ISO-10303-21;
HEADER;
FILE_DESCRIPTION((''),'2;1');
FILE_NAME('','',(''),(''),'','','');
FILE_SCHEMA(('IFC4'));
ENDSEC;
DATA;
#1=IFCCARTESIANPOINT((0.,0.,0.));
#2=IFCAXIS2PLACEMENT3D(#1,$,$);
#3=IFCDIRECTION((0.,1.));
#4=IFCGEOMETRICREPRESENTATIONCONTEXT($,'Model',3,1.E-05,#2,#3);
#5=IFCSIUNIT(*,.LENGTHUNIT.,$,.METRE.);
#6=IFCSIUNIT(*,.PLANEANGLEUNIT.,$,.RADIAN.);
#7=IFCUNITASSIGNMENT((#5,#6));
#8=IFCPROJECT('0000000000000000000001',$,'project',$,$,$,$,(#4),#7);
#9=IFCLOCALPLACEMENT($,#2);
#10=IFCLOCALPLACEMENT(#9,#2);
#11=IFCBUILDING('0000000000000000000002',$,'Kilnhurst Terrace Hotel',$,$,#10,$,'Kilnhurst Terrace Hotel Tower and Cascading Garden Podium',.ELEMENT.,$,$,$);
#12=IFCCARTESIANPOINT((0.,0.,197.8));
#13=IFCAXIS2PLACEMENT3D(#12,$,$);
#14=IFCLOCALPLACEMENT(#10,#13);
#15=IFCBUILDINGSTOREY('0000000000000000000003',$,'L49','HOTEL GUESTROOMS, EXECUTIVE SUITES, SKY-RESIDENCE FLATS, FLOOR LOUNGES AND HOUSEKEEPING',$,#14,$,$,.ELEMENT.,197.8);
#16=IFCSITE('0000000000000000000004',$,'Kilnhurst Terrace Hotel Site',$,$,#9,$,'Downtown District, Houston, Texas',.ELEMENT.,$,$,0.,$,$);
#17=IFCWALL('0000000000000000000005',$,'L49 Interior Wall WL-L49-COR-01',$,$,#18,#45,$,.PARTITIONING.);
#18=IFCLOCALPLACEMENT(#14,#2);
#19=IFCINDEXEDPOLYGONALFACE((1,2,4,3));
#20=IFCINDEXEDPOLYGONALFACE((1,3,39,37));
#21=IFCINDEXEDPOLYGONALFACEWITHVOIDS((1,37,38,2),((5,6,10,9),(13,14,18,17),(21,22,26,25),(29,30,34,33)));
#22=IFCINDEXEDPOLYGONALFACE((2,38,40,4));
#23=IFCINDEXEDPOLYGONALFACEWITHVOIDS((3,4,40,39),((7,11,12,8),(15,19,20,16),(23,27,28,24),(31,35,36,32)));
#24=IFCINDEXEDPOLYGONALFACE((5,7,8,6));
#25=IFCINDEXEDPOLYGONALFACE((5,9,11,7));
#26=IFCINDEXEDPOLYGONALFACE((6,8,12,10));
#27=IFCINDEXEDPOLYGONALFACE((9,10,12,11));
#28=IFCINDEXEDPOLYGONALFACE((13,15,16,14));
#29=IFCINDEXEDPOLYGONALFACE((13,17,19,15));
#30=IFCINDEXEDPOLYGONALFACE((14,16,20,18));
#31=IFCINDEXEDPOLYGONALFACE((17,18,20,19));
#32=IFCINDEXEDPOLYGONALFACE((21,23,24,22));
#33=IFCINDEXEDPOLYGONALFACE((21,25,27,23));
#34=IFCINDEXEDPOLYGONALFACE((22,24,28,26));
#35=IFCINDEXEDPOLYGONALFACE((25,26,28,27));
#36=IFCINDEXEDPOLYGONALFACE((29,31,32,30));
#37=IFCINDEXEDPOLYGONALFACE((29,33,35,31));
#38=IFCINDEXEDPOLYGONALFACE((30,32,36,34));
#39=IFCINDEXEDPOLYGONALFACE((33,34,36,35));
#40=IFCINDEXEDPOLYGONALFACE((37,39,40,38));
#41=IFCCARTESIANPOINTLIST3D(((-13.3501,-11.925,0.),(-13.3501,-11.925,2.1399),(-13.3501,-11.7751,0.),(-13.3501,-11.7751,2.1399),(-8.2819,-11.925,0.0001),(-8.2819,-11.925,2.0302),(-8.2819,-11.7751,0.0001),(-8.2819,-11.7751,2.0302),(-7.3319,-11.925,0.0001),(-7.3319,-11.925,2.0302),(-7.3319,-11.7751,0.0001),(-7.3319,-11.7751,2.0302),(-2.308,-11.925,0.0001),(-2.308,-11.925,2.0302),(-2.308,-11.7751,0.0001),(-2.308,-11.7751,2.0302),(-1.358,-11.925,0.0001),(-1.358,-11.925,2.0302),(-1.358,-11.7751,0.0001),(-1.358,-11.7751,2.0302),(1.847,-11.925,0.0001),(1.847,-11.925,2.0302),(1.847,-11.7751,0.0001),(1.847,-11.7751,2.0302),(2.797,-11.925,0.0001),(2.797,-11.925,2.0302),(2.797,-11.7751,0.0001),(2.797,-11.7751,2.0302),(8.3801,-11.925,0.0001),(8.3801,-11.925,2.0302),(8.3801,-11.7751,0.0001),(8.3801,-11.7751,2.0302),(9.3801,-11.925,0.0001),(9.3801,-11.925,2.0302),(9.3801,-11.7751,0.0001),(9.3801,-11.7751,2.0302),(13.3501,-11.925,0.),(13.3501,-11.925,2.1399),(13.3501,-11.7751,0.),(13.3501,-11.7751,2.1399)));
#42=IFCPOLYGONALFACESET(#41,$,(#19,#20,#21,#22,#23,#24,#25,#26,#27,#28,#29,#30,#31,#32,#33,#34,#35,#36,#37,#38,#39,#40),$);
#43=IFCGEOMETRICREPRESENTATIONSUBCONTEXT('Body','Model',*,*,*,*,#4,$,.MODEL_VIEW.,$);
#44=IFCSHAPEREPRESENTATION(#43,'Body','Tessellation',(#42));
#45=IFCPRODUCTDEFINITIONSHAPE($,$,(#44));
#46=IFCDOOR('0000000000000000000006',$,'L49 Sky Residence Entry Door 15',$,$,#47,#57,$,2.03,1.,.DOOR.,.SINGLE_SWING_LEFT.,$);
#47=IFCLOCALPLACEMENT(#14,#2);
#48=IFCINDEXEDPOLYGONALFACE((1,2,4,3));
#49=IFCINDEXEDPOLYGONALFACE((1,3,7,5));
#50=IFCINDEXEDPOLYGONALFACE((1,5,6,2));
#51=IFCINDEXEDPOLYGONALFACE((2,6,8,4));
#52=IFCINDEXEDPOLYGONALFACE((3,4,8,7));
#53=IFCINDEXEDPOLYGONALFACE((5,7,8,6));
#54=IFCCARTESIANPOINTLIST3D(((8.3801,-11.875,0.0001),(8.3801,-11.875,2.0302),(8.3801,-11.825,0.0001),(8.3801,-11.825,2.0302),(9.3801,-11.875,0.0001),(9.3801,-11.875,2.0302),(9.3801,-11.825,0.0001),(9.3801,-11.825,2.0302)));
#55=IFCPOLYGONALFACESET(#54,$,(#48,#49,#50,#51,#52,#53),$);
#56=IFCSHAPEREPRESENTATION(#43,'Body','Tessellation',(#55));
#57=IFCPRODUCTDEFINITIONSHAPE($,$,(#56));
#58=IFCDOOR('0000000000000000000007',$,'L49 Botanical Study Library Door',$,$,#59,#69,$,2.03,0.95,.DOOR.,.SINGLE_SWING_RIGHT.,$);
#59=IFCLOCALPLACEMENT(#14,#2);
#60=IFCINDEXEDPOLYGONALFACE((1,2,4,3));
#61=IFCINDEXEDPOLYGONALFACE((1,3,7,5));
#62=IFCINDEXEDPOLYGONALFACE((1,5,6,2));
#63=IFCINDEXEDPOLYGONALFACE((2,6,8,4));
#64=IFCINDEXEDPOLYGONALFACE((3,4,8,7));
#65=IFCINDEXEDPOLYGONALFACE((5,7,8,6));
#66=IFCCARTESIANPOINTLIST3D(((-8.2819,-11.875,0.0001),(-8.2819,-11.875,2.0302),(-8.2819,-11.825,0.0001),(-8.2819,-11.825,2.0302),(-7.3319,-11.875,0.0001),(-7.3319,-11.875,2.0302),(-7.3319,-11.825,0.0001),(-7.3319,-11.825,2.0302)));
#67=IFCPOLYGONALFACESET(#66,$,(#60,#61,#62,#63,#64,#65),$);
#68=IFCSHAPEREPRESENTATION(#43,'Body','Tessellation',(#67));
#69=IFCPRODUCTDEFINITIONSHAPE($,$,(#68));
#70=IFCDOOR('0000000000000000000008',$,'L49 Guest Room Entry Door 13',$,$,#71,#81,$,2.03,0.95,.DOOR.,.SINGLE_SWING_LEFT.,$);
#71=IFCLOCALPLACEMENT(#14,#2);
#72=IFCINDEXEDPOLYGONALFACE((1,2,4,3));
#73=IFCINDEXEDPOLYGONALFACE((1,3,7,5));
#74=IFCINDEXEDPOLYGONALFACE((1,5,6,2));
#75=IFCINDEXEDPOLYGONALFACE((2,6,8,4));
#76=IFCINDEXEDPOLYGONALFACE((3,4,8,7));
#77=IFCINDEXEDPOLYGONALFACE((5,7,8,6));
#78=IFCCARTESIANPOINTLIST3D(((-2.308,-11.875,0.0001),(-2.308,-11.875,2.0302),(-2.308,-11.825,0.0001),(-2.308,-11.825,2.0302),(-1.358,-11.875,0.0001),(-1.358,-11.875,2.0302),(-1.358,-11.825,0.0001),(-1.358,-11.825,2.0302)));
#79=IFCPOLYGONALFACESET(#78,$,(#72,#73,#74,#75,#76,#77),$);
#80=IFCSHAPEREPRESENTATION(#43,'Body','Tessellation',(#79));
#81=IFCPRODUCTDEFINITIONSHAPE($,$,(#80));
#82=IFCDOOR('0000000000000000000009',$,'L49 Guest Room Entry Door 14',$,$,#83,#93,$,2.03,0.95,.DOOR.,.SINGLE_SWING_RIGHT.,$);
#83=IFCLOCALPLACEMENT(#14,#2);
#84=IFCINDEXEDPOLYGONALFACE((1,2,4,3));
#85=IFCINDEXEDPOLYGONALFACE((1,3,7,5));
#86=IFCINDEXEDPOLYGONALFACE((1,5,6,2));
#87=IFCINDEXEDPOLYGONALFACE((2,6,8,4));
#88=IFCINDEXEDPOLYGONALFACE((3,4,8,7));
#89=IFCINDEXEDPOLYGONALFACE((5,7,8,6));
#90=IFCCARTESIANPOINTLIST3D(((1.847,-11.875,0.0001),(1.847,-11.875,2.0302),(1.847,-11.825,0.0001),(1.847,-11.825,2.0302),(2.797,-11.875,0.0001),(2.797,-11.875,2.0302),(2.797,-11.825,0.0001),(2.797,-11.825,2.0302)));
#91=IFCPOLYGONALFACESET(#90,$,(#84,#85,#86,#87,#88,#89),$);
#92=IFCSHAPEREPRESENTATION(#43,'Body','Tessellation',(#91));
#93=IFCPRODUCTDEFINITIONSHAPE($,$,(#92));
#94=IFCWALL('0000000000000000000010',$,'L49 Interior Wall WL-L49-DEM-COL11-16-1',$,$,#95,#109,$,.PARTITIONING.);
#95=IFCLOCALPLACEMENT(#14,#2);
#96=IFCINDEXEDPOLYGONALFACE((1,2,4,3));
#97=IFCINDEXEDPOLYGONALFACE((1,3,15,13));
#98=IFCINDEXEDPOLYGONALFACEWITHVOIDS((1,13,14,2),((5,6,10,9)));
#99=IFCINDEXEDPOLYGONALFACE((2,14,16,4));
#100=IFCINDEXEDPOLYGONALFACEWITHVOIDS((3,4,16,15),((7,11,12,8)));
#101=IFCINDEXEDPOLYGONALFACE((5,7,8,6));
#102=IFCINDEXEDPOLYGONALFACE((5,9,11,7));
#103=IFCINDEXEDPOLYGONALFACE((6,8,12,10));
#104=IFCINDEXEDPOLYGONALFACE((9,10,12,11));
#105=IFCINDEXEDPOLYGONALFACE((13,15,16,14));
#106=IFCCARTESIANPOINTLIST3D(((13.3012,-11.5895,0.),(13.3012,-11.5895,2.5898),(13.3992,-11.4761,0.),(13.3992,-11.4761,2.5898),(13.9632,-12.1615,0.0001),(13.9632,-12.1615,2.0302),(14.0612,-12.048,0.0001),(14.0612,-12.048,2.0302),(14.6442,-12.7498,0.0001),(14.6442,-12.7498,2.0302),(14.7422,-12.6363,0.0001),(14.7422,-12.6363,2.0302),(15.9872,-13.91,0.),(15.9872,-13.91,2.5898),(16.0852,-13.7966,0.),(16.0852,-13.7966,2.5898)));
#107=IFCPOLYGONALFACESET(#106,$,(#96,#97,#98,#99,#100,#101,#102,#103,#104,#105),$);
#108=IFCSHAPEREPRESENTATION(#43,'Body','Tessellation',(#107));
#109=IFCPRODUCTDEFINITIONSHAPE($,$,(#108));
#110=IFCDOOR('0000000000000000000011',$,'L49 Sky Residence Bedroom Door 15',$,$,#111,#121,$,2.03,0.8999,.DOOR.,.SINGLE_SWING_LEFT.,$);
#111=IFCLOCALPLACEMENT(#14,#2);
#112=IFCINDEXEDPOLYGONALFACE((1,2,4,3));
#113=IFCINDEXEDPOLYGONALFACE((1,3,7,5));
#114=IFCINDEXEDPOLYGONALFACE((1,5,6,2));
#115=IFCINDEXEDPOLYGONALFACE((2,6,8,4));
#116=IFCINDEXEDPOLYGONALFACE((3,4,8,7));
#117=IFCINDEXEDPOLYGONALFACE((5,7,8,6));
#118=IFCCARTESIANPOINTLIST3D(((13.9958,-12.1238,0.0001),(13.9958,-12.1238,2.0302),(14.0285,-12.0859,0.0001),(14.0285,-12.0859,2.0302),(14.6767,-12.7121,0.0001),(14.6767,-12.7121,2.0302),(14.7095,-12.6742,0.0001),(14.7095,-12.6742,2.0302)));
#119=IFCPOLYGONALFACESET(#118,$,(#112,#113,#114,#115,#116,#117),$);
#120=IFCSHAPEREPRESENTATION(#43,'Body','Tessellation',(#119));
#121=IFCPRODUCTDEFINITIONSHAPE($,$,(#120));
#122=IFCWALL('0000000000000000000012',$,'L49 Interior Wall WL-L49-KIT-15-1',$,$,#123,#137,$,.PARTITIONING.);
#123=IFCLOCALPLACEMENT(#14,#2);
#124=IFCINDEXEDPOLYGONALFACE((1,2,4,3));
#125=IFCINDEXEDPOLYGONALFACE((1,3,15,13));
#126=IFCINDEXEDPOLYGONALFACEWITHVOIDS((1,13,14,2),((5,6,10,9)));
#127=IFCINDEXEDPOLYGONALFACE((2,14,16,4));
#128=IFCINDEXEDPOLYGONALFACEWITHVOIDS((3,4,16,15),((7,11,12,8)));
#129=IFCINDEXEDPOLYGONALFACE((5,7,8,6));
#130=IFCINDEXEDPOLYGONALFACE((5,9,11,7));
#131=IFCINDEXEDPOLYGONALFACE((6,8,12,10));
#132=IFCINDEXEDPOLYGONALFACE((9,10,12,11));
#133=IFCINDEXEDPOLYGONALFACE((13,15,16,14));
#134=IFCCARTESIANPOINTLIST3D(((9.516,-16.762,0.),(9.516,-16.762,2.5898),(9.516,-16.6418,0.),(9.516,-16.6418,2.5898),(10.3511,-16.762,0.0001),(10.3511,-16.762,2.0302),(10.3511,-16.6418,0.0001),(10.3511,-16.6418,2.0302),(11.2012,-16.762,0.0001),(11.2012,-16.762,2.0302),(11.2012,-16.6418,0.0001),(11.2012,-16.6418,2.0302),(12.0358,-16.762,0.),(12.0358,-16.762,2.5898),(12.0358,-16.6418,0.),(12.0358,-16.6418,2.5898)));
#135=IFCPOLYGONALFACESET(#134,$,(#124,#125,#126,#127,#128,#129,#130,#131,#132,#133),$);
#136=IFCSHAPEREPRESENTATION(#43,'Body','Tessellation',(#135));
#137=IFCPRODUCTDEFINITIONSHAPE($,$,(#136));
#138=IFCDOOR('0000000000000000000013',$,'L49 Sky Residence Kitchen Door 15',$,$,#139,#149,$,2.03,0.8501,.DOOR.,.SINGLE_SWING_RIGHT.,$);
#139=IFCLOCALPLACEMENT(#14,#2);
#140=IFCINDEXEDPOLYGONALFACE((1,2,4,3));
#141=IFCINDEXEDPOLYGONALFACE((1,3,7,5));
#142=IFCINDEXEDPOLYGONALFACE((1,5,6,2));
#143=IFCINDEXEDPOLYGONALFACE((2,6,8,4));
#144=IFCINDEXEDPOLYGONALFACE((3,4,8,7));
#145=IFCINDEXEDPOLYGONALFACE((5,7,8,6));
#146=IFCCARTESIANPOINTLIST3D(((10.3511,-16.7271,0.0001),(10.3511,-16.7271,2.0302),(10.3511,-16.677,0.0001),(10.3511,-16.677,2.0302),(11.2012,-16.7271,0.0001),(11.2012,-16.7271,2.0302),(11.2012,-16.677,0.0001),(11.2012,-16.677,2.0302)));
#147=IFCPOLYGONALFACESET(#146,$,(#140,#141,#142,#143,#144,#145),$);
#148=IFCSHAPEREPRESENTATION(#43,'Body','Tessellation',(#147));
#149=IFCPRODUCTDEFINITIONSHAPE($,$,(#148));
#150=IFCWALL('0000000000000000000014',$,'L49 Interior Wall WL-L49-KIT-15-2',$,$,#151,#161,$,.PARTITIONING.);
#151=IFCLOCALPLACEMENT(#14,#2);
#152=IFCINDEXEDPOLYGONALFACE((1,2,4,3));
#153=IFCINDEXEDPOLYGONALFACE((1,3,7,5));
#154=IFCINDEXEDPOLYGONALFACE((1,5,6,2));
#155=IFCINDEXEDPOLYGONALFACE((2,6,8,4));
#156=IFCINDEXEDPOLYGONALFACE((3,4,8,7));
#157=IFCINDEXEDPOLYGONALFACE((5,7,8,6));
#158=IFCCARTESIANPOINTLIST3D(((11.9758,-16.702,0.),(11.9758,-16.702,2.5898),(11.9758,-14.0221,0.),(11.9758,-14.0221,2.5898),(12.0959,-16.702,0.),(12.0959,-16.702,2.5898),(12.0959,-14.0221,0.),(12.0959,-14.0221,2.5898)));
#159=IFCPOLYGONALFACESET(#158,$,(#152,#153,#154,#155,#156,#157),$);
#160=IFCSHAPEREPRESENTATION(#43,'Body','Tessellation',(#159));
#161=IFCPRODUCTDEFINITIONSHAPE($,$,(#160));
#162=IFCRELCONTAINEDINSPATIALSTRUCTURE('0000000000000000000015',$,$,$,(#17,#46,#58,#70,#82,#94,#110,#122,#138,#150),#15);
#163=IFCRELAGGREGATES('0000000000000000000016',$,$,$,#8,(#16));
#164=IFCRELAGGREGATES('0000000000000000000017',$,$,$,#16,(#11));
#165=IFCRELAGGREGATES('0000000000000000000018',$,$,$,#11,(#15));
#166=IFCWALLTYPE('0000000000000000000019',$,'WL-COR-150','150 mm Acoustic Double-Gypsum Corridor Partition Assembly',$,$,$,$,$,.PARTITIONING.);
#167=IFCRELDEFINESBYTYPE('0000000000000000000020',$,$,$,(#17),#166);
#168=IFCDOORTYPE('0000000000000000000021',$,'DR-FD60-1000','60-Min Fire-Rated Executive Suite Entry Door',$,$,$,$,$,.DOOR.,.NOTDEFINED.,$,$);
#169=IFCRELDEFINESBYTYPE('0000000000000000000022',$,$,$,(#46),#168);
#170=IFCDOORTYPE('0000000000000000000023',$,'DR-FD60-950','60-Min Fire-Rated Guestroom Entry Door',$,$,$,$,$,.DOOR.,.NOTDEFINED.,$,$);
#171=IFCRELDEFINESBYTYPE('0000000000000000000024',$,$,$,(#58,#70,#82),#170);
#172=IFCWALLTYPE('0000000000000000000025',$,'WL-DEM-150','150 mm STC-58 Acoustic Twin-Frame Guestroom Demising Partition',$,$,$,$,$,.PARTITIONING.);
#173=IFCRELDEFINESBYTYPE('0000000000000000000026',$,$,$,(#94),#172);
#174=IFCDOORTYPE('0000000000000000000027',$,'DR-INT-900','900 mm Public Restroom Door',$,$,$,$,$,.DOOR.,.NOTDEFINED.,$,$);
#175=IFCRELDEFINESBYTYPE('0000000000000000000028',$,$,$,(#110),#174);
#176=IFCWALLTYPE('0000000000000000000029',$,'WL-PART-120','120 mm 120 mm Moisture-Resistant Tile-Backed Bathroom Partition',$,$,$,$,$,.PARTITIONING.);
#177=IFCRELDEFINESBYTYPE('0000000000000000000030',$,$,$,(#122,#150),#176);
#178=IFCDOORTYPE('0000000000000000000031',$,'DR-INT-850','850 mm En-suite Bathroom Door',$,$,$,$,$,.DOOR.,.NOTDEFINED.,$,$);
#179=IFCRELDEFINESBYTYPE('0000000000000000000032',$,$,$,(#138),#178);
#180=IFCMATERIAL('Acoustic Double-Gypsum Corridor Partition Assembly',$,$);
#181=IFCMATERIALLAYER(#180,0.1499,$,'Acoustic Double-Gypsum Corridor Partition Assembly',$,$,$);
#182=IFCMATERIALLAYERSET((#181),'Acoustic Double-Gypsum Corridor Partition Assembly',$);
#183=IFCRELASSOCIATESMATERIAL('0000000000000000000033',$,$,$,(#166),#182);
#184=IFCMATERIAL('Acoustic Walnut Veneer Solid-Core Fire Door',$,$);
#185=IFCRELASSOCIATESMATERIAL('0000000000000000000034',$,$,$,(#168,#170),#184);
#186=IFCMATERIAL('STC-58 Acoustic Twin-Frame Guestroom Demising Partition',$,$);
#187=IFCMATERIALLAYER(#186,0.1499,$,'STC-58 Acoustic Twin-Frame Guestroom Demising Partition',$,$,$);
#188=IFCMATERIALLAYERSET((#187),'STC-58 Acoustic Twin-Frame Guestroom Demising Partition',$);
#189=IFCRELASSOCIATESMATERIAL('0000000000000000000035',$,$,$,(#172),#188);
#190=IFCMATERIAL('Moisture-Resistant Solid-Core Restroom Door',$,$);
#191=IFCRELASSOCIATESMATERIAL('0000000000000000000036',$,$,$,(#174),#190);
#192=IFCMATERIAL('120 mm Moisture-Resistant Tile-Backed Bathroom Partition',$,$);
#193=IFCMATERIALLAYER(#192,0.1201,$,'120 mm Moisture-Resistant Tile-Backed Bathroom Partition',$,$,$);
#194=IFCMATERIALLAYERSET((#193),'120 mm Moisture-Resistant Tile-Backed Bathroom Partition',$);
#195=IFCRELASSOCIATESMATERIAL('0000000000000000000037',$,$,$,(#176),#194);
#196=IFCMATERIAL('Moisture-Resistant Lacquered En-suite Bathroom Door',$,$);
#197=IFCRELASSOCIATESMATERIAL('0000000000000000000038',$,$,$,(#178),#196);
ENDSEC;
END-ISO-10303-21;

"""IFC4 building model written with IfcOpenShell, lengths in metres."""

from ifc_helpers import new_model, si_unit, direction, frame, frame_2d, origin, place, context, subcontext, project, spatial, rectangle, extrude, material, layer, layer_set, type_object, element, fill, save


model = new_model("IFC4")

# Units and contexts
model_context = context("Model", 3, precision=1e-05, world=origin(), true_north=direction((0.0, 1.0)))
body_context = subcontext(model_context, "Body", "Model", "MODEL_VIEW")
ifc_project = project(units=[si_unit("LENGTHUNIT", "METRE"), si_unit("PLANEANGLEUNIT", "RADIAN")], contexts=[model_context])

# Site, building, storey
site_placement = place(None, origin())
site = spatial("IfcSite", under=ifc_project, at=site_placement, Name="Kilnhurst Terrace Hotel Site", LongName="Downtown District, Houston, Texas", CompositionType="ELEMENT", RefElevation=0.0)
building_placement = place(site_placement, origin())
building = spatial("IfcBuilding", under=site, at=building_placement, Name="Kilnhurst Terrace Hotel", LongName="Kilnhurst Terrace Hotel Tower and Cascading Garden Podium", CompositionType="ELEMENT")
storey_placement = place(building_placement, frame((0.0, 0.0, 197.8)))
storey = spatial("IfcBuildingStorey", under=building, at=storey_placement, Name="L49", Description="HOTEL GUESTROOMS, EXECUTIVE SUITES, SKY-RESIDENCE FLATS, FLOOR LOUNGES AND HOUSEKEEPING", CompositionType="ELEMENT", Elevation=197.8)

# Wall, openings, doors
ifc_material_1 = material(Name="Acoustic Double-Gypsum Corridor Partition Assembly")
ifc_layer_1 = layer(ifc_material_1, 0.1499, Name="Acoustic Double-Gypsum Corridor Partition Assembly")
ifc_layer_set_1 = layer_set([ifc_layer_1], Name="Acoustic Double-Gypsum Corridor Partition Assembly")
wall_type_1 = type_object("IfcWallType", Name="WL-COR-150", Description="150 mm Acoustic Double-Gypsum Corridor Partition Assembly", PredefinedType="PARTITIONING", material=ifc_layer_set_1)
wall_1_placement = place(storey_placement, frame((13.3501, -11.8501, 0.0), z_axis=(0.0, 0.0, 1.0), x_axis=(-1.0, 0.0, 0.0)))
wall_1 = element("IfcWall", 1, at=wall_1_placement, inside=storey, type_object=wall_type_1, Name="L49 Interior Wall WL-L49-COR-01", PredefinedType="PARTITIONING", context=body_context, shape_type="SweptSolid", body=[
    extrude(rectangle(XDim=26.7002, YDim=0.1499, at=frame_2d((13.3501, 0.0))), origin(), (0.0, 0.0, 1.0), 2.1399),
])
opening_1_placement = place(wall_1_placement, frame((20.6819, 0.0, 0.0)))
opening_1 = element("IfcOpeningElement", 2, at=opening_1_placement, cuts=wall_1, PredefinedType="OPENING", context=body_context, shape_type="SweptSolid", body=[
    extrude(rectangle(XDim=0.95, YDim=2.03, at=frame_2d((0.4751, 1.0151))), frame((0.0, 0.085, 0.0), z_axis=(0.0, -1.0, 0.0), x_axis=(1.0, 0.0, 0.0)), (0.0, 0.0, 1.0), 0.1699),
])
opening_2_placement = place(wall_1_placement, frame((14.708, 0.0, 0.0)))
opening_2 = element("IfcOpeningElement", 3, at=opening_2_placement, cuts=wall_1, PredefinedType="OPENING", context=body_context, shape_type="SweptSolid", body=[
    extrude(rectangle(XDim=0.95, YDim=2.03, at=frame_2d((0.4751, 1.0151))), frame((0.0, 0.085, 0.0), z_axis=(0.0, -1.0, 0.0), x_axis=(1.0, 0.0, 0.0)), (0.0, 0.0, 1.0), 0.1699),
])
opening_3_placement = place(wall_1_placement, frame((10.553, 0.0, 0.0)))
opening_3 = element("IfcOpeningElement", 4, at=opening_3_placement, cuts=wall_1, PredefinedType="OPENING", context=body_context, shape_type="SweptSolid", body=[
    extrude(rectangle(XDim=0.95, YDim=2.03, at=frame_2d((0.4751, 1.0151))), frame((0.0, 0.085, 0.0), z_axis=(0.0, -1.0, 0.0), x_axis=(1.0, 0.0, 0.0)), (0.0, 0.0, 1.0), 0.1699),
])
opening_4_placement = place(wall_1_placement, frame((3.97, 0.0, 0.0)))
opening_4 = element("IfcOpeningElement", 5, at=opening_4_placement, cuts=wall_1, PredefinedType="OPENING", context=body_context, shape_type="SweptSolid", body=[
    extrude(rectangle(XDim=1.0, YDim=2.03, at=frame_2d((0.5, 1.0151))), frame((0.0, 0.085, 0.0), z_axis=(0.0, -1.0, 0.0), x_axis=(1.0, 0.0, 0.0)), (0.0, 0.0, 1.0), 0.1699),
])
ifc_material_2 = material(Name="Acoustic Walnut Veneer Solid-Core Fire Door")
door_type_1 = type_object("IfcDoorType", Name="DR-FD60-1000", Description="60-Min Fire-Rated Executive Suite Entry Door", OperationType="NOTDEFINED", PredefinedType="DOOR", material=ifc_material_2)
door_1_placement = place(opening_4_placement, origin())
door_1 = element("IfcDoor", 6, at=door_1_placement, inside=storey, type_object=door_type_1, Name="L49 Sky Residence Entry Door 15", OperationType="SINGLE_SWING_LEFT", OverallHeight=2.03, OverallWidth=1.0, PredefinedType="DOOR", context=body_context, shape_type="SweptSolid", body=[
    extrude(rectangle(XDim=1.0, YDim=2.03, at=frame_2d((0.5, 1.0151))), frame((0.0, 0.0249, 0.0), z_axis=(0.0, -1.0, 0.0), x_axis=(1.0, 0.0, 0.0)), (0.0, 0.0, 1.0), 0.05),
])
fill(opening_4, door_1)
door_type_2 = type_object("IfcDoorType", Name="DR-FD60-950", Description="60-Min Fire-Rated Guestroom Entry Door", OperationType="NOTDEFINED", PredefinedType="DOOR", material=ifc_material_2)
door_2_placement = place(opening_1_placement, origin())
door_2 = element("IfcDoor", 7, at=door_2_placement, inside=storey, type_object=door_type_2, Name="L49 Botanical Study Library Door", OperationType="SINGLE_SWING_RIGHT", OverallHeight=2.03, OverallWidth=0.95, PredefinedType="DOOR", context=body_context, shape_type="SweptSolid", body=[
    extrude(rectangle(XDim=0.95, YDim=2.03, at=frame_2d((0.4751, 1.0151))), frame((0.0, 0.0249, 0.0), z_axis=(0.0, -1.0, 0.0), x_axis=(1.0, 0.0, 0.0)), (0.0, 0.0, 1.0), 0.05),
])
fill(opening_1, door_2)
door_3_placement = place(opening_2_placement, origin())
door_3 = element("IfcDoor", 8, at=door_3_placement, inside=storey, type_object=door_type_2, Name="L49 Guest Room Entry Door 13", OperationType="SINGLE_SWING_LEFT", OverallHeight=2.03, OverallWidth=0.95, PredefinedType="DOOR", context=body_context, shape_type="SweptSolid", body=[
    extrude(rectangle(XDim=0.95, YDim=2.03, at=frame_2d((0.4751, 1.0151))), frame((0.0, 0.0249, 0.0), z_axis=(0.0, -1.0, 0.0), x_axis=(1.0, 0.0, 0.0)), (0.0, 0.0, 1.0), 0.05),
])
fill(opening_2, door_3)
door_4_placement = place(opening_3_placement, origin())
door_4 = element("IfcDoor", 9, at=door_4_placement, inside=storey, type_object=door_type_2, Name="L49 Guest Room Entry Door 14", OperationType="SINGLE_SWING_RIGHT", OverallHeight=2.03, OverallWidth=0.95, PredefinedType="DOOR", context=body_context, shape_type="SweptSolid", body=[
    extrude(rectangle(XDim=0.95, YDim=2.03, at=frame_2d((0.4751, 1.0151))), frame((0.0, 0.0249, 0.0), z_axis=(0.0, -1.0, 0.0), x_axis=(1.0, 0.0, 0.0)), (0.0, 0.0, 1.0), 0.05),
])
fill(opening_3, door_4)

# Walls, openings, doors
ifc_material_3 = material(Name="STC-58 Acoustic Twin-Frame Guestroom Demising Partition")
ifc_layer_2 = layer(ifc_material_3, 0.1499, Name="STC-58 Acoustic Twin-Frame Guestroom Demising Partition")
ifc_layer_set_2 = layer_set([ifc_layer_2], Name="STC-58 Acoustic Twin-Frame Guestroom Demising Partition")
wall_type_2 = type_object("IfcWallType", Name="WL-DEM-150", Description="150 mm STC-58 Acoustic Twin-Frame Guestroom Demising Partition", PredefinedType="PARTITIONING", material=ifc_layer_set_2)
wall_2_placement = place(storey_placement, frame((13.3501, -11.5327, 0.0), z_axis=(0.0, 0.0, 1.0), x_axis=(0.756712, -0.653749, 0.0)))
wall_2 = element("IfcWall", 10, at=wall_2_placement, inside=storey, type_object=wall_type_2, Name="L49 Interior Wall WL-L49-DEM-COL11-16-1", PredefinedType="PARTITIONING", context=body_context, shape_type="SweptSolid", body=[
    extrude(rectangle(XDim=3.5496, YDim=0.1499, at=frame_2d((1.7749, 0.0))), origin(), (0.0, 0.0, 1.0), 2.5898),
])
opening_5_placement = place(wall_2_placement, frame((0.875, 0.0, 0.0)))
opening_5 = element("IfcOpeningElement", 11, at=opening_5_placement, cuts=wall_2, PredefinedType="OPENING", context=body_context, shape_type="SweptSolid", body=[
    extrude(rectangle(XDim=0.8999, YDim=2.03, at=frame_2d((0.45, 1.0151))), frame((0.0, 0.085, 0.0), z_axis=(0.0, -1.0, 0.0), x_axis=(1.0, 0.0, 0.0)), (0.0, 0.0, 1.0), 0.1699),
])
ifc_material_4 = material(Name="Moisture-Resistant Solid-Core Restroom Door")
door_type_3 = type_object("IfcDoorType", Name="DR-INT-900", Description="900 mm Public Restroom Door", OperationType="NOTDEFINED", PredefinedType="DOOR", material=ifc_material_4)
door_5_placement = place(opening_5_placement, origin())
door_5 = element("IfcDoor", 12, at=door_5_placement, inside=storey, type_object=door_type_3, Name="L49 Sky Residence Bedroom Door 15", OperationType="SINGLE_SWING_LEFT", OverallHeight=2.03, OverallWidth=0.8999, PredefinedType="DOOR", context=body_context, shape_type="SweptSolid", body=[
    extrude(rectangle(XDim=0.8999, YDim=2.03, at=frame_2d((0.45, 1.0151))), frame((0.0, 0.0249, 0.0), z_axis=(0.0, -1.0, 0.0), x_axis=(1.0, 0.0, 0.0)), (0.0, 0.0, 1.0), 0.05),
])
fill(opening_5, door_5)
ifc_material_5 = material(Name="120 mm Moisture-Resistant Tile-Backed Bathroom Partition")
ifc_layer_3 = layer(ifc_material_5, 0.1201, Name="120 mm Moisture-Resistant Tile-Backed Bathroom Partition")
ifc_layer_set_3 = layer_set([ifc_layer_3], Name="120 mm Moisture-Resistant Tile-Backed Bathroom Partition")
wall_type_3 = type_object("IfcWallType", Name="WL-PART-120", Description="120 mm 120 mm Moisture-Resistant Tile-Backed Bathroom Partition", PredefinedType="PARTITIONING", material=ifc_layer_set_3)
wall_3_placement = place(storey_placement, frame((9.5161, -16.7019, 0.0), z_axis=(0.0, 0.0, 1.0), x_axis=(1.0, 0.0, 0.0)))
wall_3 = element("IfcWall", 13, at=wall_3_placement, inside=storey, type_object=wall_type_3, Name="L49 Interior Wall WL-L49-KIT-15-1", PredefinedType="PARTITIONING", context=body_context, shape_type="SweptSolid", body=[
    extrude(rectangle(XDim=2.5198, YDim=0.1201, at=frame_2d((1.2598, 0.0))), origin(), (0.0, 0.0, 1.0), 2.5898),
])
opening_6_placement = place(wall_3_placement, frame((0.835, 0.0, 0.0)))
opening_6 = element("IfcOpeningElement", 14, at=opening_6_placement, cuts=wall_3, PredefinedType="OPENING", context=body_context, shape_type="SweptSolid", body=[
    extrude(rectangle(XDim=0.8501, YDim=2.03, at=frame_2d((0.425, 1.0151))), frame((0.0, 0.0701, 0.0), z_axis=(0.0, -1.0, 0.0), x_axis=(1.0, 0.0, 0.0)), (0.0, 0.0, 1.0), 0.1401),
])
ifc_material_6 = material(Name="Moisture-Resistant Lacquered En-suite Bathroom Door")
door_type_4 = type_object("IfcDoorType", Name="DR-INT-850", Description="850 mm En-suite Bathroom Door", OperationType="NOTDEFINED", PredefinedType="DOOR", material=ifc_material_6)
door_6_placement = place(opening_6_placement, origin())
door_6 = element("IfcDoor", 15, at=door_6_placement, inside=storey, type_object=door_type_4, Name="L49 Sky Residence Kitchen Door 15", OperationType="SINGLE_SWING_RIGHT", OverallHeight=2.03, OverallWidth=0.8501, PredefinedType="DOOR", context=body_context, shape_type="SweptSolid", body=[
    extrude(rectangle(XDim=0.8501, YDim=2.03, at=frame_2d((0.425, 1.0151))), frame((0.0, 0.0249, 0.0), z_axis=(0.0, -1.0, 0.0), x_axis=(1.0, 0.0, 0.0)), (0.0, 0.0, 1.0), 0.05),
])
fill(opening_6, door_6)

# Wall
wall_4_placement = place(storey_placement, frame((12.0359, -16.7019, 0.0), z_axis=(0.0, 0.0, 1.0), x_axis=(0.0, 1.0, 0.0)))
element("IfcWall", 16, at=wall_4_placement, inside=storey, type_object=wall_type_3, Name="L49 Interior Wall WL-L49-KIT-15-2", PredefinedType="PARTITIONING", context=body_context, shape_type="SweptSolid", body=[
    extrude(rectangle(XDim=2.6799, YDim=0.1201, at=frame_2d((1.3398, 0.0))), origin(), (0.0, 0.0, 1.0), 2.5898),
])

save(model, "model.ifc")
